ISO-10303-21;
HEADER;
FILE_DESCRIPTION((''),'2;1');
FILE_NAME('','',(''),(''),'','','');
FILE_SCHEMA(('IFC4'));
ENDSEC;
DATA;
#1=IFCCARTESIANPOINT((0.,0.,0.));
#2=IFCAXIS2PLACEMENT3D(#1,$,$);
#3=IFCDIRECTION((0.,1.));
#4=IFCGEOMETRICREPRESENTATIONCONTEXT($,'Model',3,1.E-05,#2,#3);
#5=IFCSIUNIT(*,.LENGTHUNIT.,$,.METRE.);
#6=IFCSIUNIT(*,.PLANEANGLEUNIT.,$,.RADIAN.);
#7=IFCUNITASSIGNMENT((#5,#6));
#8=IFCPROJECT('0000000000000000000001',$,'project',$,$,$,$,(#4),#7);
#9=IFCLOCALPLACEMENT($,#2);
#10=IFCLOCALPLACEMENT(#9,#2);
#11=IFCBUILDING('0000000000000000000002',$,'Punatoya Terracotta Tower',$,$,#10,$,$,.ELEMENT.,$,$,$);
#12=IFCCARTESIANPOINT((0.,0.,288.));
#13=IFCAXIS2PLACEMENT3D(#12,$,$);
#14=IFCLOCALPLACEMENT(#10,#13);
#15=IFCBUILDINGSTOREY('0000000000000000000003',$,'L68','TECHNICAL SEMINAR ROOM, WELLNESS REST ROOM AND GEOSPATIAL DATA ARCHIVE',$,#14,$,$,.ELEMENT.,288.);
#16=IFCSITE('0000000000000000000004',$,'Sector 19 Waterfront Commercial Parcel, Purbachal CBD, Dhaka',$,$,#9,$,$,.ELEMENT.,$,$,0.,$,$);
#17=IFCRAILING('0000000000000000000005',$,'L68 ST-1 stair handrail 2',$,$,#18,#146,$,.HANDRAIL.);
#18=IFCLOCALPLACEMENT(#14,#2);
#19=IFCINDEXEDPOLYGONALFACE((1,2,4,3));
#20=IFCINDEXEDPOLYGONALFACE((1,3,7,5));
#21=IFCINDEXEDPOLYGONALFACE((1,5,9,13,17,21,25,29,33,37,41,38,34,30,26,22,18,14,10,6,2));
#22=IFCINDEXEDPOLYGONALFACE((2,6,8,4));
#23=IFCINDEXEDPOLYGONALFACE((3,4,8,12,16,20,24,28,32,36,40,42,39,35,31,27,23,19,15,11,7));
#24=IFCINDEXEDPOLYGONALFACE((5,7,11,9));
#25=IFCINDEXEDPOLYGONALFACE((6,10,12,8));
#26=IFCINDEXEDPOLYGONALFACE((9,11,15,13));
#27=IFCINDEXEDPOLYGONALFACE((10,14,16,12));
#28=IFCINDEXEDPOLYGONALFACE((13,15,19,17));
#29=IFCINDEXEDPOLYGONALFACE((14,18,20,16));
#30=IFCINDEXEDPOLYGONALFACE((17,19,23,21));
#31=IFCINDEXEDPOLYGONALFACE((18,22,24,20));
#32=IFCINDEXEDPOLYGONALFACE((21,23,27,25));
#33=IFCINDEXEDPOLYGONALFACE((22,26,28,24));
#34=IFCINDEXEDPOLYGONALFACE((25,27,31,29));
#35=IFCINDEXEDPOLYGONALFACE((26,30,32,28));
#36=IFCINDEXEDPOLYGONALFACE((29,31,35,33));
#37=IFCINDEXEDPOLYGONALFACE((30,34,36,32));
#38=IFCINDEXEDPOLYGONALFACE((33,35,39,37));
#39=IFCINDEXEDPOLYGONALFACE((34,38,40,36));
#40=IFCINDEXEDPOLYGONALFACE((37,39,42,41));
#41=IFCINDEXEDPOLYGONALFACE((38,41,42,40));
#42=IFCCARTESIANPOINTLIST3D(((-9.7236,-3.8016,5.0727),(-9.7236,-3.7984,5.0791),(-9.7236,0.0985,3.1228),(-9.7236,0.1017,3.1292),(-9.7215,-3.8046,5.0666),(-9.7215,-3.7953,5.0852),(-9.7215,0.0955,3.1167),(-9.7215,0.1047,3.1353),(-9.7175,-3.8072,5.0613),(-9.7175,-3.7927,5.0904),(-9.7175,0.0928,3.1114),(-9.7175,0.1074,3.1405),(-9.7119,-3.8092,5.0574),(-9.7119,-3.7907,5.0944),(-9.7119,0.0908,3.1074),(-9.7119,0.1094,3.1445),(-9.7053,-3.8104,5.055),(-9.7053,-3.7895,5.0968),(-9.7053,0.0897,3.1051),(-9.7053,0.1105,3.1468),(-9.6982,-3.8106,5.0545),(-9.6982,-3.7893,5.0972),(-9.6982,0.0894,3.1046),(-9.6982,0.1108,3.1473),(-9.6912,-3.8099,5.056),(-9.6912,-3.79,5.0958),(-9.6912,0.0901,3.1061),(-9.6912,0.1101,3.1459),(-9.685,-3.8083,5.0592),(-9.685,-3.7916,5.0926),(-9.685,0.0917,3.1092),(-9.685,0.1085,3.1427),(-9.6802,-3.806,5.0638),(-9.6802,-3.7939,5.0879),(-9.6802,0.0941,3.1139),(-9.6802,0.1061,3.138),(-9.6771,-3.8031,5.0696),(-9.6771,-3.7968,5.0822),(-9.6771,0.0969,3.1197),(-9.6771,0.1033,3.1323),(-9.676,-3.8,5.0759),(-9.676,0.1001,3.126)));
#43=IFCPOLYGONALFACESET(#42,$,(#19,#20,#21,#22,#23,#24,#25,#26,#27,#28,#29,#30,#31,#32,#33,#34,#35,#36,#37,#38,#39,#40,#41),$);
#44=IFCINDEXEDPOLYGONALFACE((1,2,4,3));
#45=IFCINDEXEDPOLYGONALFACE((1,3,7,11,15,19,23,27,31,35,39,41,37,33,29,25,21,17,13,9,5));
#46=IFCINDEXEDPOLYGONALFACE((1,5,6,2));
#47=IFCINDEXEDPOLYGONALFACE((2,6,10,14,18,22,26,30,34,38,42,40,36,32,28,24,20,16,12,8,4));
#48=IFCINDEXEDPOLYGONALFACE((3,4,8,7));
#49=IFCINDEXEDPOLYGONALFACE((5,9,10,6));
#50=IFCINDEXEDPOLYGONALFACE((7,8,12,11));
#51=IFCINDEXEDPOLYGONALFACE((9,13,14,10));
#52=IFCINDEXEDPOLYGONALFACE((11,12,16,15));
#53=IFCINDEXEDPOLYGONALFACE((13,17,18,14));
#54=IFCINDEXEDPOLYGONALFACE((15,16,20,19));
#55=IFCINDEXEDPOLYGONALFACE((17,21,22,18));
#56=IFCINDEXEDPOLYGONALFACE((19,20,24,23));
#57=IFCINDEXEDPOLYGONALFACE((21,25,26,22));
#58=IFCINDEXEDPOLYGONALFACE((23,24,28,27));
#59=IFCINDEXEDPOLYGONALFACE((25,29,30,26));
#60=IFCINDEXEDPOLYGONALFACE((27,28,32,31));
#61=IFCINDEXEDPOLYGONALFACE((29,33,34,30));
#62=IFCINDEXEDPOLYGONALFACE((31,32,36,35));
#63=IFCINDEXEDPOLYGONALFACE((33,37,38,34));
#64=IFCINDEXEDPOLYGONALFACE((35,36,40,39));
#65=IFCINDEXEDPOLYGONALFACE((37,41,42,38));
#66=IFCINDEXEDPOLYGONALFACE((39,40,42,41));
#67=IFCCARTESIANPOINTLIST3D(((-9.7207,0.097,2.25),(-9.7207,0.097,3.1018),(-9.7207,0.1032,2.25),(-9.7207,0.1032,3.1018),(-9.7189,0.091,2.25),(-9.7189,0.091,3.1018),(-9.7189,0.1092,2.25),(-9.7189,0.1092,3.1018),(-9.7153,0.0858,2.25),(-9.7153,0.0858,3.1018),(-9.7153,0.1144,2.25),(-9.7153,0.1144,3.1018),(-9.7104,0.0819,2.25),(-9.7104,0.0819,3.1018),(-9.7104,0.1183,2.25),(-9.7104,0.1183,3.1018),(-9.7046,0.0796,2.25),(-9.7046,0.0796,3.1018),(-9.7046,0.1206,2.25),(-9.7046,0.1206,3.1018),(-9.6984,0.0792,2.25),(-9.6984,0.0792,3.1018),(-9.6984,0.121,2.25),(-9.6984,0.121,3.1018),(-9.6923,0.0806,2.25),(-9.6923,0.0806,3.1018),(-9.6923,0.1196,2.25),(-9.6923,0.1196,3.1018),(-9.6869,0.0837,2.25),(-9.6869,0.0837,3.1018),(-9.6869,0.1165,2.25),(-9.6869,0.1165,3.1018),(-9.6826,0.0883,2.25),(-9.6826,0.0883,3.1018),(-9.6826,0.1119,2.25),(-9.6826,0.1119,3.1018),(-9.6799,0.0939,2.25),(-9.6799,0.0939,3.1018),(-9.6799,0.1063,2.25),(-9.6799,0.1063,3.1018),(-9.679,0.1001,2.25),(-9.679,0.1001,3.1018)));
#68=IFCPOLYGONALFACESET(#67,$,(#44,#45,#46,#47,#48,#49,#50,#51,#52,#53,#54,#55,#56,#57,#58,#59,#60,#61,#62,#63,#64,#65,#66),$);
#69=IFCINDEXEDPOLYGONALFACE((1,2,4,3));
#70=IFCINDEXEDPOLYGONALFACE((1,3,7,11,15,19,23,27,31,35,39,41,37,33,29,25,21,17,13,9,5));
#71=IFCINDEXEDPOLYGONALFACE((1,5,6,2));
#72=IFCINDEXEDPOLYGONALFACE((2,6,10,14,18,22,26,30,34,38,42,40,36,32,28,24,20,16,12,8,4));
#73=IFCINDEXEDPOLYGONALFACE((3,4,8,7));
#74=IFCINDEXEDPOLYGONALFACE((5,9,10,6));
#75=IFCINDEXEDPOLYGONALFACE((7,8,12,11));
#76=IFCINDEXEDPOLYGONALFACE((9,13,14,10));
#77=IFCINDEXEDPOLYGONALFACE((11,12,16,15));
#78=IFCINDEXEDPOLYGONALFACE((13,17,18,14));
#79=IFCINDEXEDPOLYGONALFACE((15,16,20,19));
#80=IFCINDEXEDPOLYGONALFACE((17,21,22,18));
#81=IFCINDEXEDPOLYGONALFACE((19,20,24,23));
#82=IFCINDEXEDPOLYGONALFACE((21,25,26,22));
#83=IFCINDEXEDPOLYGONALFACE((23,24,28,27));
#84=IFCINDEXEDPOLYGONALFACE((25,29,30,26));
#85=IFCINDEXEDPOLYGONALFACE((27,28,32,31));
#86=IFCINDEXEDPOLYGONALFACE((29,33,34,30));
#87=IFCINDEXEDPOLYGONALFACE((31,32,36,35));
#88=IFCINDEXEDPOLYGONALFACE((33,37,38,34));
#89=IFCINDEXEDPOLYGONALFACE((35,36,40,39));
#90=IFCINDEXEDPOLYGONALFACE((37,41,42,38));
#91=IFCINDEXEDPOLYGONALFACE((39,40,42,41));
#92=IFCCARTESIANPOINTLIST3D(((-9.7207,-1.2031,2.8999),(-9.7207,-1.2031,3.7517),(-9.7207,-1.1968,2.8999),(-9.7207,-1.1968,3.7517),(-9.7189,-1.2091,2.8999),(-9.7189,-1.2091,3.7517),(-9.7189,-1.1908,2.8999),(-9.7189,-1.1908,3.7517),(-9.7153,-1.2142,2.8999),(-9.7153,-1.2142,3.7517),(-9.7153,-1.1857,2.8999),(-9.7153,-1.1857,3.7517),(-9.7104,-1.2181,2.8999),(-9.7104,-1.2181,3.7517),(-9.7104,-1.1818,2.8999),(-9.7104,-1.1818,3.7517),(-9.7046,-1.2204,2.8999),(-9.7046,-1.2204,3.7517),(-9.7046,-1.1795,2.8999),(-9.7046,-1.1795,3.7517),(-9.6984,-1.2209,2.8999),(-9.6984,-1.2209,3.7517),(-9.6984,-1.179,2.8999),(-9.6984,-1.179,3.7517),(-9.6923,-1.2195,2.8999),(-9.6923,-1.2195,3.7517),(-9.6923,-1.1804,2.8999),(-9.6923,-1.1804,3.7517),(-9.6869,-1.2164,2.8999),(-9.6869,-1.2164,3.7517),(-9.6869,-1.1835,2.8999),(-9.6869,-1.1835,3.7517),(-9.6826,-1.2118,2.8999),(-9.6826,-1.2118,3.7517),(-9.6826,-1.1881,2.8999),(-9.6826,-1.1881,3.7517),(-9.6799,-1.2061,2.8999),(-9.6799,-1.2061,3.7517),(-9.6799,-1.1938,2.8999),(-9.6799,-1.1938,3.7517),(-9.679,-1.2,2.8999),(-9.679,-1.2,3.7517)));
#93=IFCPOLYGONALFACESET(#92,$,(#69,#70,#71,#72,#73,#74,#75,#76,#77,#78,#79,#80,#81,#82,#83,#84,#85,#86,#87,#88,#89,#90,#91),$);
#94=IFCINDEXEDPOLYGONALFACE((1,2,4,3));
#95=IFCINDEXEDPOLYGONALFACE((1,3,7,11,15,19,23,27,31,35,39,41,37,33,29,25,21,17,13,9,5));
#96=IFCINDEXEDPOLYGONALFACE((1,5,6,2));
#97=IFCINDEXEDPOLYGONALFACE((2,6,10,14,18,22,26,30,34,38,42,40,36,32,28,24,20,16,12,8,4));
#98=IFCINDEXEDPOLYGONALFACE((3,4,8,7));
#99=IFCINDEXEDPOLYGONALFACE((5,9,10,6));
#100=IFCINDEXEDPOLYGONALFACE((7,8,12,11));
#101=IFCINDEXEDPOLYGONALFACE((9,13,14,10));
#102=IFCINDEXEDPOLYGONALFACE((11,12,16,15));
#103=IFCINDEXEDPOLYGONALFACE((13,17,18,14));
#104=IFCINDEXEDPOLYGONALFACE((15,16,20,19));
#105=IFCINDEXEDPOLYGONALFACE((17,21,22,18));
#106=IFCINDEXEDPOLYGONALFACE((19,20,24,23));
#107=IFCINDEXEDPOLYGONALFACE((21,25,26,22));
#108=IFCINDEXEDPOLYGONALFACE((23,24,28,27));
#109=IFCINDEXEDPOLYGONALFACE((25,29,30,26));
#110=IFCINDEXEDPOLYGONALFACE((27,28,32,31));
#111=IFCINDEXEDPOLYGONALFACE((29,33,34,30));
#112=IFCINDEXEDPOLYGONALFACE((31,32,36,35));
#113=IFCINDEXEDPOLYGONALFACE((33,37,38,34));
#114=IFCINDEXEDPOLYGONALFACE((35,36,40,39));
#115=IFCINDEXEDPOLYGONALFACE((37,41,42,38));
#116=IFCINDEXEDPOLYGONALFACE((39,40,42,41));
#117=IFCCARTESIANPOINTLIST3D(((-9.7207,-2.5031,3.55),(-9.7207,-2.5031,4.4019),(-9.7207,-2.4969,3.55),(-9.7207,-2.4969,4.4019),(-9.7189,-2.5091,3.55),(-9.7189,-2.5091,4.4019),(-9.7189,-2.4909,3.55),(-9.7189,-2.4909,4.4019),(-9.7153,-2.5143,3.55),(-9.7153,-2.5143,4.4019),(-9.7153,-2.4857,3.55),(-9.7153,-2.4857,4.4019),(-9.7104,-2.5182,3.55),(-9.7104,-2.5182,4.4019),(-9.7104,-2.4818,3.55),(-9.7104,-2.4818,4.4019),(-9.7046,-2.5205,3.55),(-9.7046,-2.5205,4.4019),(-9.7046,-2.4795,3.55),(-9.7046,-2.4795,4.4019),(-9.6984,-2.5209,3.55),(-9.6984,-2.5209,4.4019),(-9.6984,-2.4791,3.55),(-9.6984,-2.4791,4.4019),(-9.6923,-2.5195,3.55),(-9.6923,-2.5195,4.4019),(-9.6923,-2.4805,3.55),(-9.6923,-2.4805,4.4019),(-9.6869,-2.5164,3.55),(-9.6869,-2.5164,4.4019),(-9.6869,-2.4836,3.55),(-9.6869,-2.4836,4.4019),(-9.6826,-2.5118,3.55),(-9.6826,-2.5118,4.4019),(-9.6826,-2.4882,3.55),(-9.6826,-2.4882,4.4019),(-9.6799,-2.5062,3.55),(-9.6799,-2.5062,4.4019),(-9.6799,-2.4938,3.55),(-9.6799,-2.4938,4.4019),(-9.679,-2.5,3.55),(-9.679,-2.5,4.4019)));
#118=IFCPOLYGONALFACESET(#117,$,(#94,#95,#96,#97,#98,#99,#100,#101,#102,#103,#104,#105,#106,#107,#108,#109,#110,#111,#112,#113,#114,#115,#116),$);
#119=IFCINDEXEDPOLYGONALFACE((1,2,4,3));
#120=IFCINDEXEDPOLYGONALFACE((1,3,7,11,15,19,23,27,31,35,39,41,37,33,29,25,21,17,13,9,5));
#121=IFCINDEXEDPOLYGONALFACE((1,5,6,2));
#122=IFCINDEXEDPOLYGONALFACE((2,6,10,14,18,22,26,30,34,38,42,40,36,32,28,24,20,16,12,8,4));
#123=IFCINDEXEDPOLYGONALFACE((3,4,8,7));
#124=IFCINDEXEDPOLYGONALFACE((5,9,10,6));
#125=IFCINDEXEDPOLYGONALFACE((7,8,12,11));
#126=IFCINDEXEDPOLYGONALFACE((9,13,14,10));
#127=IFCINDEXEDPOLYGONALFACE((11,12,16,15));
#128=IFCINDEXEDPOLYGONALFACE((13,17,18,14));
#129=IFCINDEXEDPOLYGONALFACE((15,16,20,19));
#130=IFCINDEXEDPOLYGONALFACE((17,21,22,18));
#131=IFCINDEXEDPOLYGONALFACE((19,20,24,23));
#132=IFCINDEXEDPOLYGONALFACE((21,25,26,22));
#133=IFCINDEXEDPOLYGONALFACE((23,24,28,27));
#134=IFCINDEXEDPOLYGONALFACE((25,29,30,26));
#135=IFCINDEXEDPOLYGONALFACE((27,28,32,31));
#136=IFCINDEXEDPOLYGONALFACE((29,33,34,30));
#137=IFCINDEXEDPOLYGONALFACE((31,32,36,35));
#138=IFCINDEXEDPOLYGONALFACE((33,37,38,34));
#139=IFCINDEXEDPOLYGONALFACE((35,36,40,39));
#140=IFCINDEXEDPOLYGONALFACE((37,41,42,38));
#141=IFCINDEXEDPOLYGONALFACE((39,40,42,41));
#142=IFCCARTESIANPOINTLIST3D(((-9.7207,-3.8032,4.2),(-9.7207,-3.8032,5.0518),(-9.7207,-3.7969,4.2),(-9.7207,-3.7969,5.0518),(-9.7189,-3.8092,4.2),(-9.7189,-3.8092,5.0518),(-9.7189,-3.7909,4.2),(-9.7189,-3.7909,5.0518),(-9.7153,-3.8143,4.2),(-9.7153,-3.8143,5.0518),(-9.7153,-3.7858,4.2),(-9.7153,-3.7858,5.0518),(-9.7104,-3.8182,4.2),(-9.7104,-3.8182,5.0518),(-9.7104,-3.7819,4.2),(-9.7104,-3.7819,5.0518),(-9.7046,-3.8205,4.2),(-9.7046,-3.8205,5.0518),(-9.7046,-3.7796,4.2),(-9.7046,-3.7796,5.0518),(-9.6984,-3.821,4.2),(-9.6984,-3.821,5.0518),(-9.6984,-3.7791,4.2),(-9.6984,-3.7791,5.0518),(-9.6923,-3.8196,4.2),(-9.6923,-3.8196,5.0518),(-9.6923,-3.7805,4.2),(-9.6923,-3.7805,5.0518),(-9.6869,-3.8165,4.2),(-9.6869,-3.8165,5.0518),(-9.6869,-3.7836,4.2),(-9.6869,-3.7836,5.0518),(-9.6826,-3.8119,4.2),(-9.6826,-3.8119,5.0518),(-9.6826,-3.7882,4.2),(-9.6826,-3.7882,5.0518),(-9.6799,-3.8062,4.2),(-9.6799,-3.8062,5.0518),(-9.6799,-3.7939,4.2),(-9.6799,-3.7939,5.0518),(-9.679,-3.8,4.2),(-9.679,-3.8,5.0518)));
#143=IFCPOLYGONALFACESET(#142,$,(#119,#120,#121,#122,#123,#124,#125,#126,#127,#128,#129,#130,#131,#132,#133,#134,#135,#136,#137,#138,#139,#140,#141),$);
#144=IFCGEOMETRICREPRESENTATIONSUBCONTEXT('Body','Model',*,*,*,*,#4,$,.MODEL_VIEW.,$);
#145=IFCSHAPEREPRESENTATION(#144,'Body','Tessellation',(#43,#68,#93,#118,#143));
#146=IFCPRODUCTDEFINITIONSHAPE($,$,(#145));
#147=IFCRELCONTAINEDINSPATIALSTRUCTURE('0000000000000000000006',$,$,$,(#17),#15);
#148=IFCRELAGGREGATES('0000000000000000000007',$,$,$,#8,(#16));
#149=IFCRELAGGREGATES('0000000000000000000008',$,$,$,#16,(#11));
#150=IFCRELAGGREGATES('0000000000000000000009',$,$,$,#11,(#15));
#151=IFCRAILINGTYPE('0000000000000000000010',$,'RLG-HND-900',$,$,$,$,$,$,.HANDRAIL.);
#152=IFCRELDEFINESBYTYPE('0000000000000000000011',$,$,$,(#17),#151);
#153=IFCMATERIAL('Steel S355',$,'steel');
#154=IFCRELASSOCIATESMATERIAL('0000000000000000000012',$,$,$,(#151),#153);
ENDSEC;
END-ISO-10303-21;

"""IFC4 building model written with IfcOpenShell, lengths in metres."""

from ifc_helpers import new_model, si_unit, direction, frame, origin, origin_2d, place, context, subcontext, project, spatial, circle, extrude, material, type_object, element, save


model = new_model("IFC4")

# Units and contexts
model_context = context("Model", 3, precision=1e-05, world=origin(), true_north=direction((0.0, 1.0)))
body_context = subcontext(model_context, "Body", "Model", "MODEL_VIEW")
ifc_project = project(units=[si_unit("LENGTHUNIT", "METRE"), si_unit("PLANEANGLEUNIT", "RADIAN")], contexts=[model_context])

# Site, building, storey
site_placement = place(None, origin())
site = spatial("IfcSite", under=ifc_project, at=site_placement, Name="Sector 19 Waterfront Commercial Parcel, Purbachal CBD, Dhaka", CompositionType="ELEMENT", RefElevation=0.0)
building_placement = place(site_placement, origin())
building = spatial("IfcBuilding", under=site, at=building_placement, Name="Punatoya Terracotta Tower", CompositionType="ELEMENT")
storey_placement = place(building_placement, frame((0.0, 0.0, 288.0)))
storey = spatial("IfcBuildingStorey", under=building, at=storey_placement, Name="L68", Description="TECHNICAL SEMINAR ROOM, WELLNESS REST ROOM AND GEOSPATIAL DATA ARCHIVE", CompositionType="ELEMENT", Elevation=288.0)

# Shared definitions
ifc_material_1 = material(Name="Steel S355", Category="steel")

# Railing
railing_type_1 = type_object("IfcRailingType", Name="RLG-HND-900", PredefinedType="HANDRAIL", material=ifc_material_1)
railing_1_placement = place(storey_placement, frame((-9.7, 0.1001, 2.25)))
element("IfcRailing", 1, at=railing_1_placement, inside=storey, type_object=railing_type_1, Name="L68 ST-1 stair handrail 2", PredefinedType="HANDRAIL", context=body_context, shape_type="SweptSolid", body=[
    extrude(circle(Radius=0.0239, at=origin_2d()), frame((0.0, 0.0, 0.876), z_axis=(0.0, -0.894438, 0.447191), x_axis=(1.0, 0.0, 0.0)), (0.0, 0.0, 1.0), 4.3604),
    extrude(circle(Radius=0.021, at=origin_2d()), origin(), (0.0, 0.0, 1.0), 0.8518),
    extrude(circle(Radius=0.021, at=origin_2d()), frame((0.0, -1.3, 0.6499)), (0.0, 0.0, 1.0), 0.8518),
    extrude(circle(Radius=0.021, at=origin_2d()), frame((0.0, -2.6001, 1.3)), (0.0, 0.0, 1.0), 0.8518),
    extrude(circle(Radius=0.021, at=origin_2d()), frame((0.0, -3.9001, 1.95)), (0.0, 0.0, 1.0), 0.8518),
])

save(model, "model.ifc")
